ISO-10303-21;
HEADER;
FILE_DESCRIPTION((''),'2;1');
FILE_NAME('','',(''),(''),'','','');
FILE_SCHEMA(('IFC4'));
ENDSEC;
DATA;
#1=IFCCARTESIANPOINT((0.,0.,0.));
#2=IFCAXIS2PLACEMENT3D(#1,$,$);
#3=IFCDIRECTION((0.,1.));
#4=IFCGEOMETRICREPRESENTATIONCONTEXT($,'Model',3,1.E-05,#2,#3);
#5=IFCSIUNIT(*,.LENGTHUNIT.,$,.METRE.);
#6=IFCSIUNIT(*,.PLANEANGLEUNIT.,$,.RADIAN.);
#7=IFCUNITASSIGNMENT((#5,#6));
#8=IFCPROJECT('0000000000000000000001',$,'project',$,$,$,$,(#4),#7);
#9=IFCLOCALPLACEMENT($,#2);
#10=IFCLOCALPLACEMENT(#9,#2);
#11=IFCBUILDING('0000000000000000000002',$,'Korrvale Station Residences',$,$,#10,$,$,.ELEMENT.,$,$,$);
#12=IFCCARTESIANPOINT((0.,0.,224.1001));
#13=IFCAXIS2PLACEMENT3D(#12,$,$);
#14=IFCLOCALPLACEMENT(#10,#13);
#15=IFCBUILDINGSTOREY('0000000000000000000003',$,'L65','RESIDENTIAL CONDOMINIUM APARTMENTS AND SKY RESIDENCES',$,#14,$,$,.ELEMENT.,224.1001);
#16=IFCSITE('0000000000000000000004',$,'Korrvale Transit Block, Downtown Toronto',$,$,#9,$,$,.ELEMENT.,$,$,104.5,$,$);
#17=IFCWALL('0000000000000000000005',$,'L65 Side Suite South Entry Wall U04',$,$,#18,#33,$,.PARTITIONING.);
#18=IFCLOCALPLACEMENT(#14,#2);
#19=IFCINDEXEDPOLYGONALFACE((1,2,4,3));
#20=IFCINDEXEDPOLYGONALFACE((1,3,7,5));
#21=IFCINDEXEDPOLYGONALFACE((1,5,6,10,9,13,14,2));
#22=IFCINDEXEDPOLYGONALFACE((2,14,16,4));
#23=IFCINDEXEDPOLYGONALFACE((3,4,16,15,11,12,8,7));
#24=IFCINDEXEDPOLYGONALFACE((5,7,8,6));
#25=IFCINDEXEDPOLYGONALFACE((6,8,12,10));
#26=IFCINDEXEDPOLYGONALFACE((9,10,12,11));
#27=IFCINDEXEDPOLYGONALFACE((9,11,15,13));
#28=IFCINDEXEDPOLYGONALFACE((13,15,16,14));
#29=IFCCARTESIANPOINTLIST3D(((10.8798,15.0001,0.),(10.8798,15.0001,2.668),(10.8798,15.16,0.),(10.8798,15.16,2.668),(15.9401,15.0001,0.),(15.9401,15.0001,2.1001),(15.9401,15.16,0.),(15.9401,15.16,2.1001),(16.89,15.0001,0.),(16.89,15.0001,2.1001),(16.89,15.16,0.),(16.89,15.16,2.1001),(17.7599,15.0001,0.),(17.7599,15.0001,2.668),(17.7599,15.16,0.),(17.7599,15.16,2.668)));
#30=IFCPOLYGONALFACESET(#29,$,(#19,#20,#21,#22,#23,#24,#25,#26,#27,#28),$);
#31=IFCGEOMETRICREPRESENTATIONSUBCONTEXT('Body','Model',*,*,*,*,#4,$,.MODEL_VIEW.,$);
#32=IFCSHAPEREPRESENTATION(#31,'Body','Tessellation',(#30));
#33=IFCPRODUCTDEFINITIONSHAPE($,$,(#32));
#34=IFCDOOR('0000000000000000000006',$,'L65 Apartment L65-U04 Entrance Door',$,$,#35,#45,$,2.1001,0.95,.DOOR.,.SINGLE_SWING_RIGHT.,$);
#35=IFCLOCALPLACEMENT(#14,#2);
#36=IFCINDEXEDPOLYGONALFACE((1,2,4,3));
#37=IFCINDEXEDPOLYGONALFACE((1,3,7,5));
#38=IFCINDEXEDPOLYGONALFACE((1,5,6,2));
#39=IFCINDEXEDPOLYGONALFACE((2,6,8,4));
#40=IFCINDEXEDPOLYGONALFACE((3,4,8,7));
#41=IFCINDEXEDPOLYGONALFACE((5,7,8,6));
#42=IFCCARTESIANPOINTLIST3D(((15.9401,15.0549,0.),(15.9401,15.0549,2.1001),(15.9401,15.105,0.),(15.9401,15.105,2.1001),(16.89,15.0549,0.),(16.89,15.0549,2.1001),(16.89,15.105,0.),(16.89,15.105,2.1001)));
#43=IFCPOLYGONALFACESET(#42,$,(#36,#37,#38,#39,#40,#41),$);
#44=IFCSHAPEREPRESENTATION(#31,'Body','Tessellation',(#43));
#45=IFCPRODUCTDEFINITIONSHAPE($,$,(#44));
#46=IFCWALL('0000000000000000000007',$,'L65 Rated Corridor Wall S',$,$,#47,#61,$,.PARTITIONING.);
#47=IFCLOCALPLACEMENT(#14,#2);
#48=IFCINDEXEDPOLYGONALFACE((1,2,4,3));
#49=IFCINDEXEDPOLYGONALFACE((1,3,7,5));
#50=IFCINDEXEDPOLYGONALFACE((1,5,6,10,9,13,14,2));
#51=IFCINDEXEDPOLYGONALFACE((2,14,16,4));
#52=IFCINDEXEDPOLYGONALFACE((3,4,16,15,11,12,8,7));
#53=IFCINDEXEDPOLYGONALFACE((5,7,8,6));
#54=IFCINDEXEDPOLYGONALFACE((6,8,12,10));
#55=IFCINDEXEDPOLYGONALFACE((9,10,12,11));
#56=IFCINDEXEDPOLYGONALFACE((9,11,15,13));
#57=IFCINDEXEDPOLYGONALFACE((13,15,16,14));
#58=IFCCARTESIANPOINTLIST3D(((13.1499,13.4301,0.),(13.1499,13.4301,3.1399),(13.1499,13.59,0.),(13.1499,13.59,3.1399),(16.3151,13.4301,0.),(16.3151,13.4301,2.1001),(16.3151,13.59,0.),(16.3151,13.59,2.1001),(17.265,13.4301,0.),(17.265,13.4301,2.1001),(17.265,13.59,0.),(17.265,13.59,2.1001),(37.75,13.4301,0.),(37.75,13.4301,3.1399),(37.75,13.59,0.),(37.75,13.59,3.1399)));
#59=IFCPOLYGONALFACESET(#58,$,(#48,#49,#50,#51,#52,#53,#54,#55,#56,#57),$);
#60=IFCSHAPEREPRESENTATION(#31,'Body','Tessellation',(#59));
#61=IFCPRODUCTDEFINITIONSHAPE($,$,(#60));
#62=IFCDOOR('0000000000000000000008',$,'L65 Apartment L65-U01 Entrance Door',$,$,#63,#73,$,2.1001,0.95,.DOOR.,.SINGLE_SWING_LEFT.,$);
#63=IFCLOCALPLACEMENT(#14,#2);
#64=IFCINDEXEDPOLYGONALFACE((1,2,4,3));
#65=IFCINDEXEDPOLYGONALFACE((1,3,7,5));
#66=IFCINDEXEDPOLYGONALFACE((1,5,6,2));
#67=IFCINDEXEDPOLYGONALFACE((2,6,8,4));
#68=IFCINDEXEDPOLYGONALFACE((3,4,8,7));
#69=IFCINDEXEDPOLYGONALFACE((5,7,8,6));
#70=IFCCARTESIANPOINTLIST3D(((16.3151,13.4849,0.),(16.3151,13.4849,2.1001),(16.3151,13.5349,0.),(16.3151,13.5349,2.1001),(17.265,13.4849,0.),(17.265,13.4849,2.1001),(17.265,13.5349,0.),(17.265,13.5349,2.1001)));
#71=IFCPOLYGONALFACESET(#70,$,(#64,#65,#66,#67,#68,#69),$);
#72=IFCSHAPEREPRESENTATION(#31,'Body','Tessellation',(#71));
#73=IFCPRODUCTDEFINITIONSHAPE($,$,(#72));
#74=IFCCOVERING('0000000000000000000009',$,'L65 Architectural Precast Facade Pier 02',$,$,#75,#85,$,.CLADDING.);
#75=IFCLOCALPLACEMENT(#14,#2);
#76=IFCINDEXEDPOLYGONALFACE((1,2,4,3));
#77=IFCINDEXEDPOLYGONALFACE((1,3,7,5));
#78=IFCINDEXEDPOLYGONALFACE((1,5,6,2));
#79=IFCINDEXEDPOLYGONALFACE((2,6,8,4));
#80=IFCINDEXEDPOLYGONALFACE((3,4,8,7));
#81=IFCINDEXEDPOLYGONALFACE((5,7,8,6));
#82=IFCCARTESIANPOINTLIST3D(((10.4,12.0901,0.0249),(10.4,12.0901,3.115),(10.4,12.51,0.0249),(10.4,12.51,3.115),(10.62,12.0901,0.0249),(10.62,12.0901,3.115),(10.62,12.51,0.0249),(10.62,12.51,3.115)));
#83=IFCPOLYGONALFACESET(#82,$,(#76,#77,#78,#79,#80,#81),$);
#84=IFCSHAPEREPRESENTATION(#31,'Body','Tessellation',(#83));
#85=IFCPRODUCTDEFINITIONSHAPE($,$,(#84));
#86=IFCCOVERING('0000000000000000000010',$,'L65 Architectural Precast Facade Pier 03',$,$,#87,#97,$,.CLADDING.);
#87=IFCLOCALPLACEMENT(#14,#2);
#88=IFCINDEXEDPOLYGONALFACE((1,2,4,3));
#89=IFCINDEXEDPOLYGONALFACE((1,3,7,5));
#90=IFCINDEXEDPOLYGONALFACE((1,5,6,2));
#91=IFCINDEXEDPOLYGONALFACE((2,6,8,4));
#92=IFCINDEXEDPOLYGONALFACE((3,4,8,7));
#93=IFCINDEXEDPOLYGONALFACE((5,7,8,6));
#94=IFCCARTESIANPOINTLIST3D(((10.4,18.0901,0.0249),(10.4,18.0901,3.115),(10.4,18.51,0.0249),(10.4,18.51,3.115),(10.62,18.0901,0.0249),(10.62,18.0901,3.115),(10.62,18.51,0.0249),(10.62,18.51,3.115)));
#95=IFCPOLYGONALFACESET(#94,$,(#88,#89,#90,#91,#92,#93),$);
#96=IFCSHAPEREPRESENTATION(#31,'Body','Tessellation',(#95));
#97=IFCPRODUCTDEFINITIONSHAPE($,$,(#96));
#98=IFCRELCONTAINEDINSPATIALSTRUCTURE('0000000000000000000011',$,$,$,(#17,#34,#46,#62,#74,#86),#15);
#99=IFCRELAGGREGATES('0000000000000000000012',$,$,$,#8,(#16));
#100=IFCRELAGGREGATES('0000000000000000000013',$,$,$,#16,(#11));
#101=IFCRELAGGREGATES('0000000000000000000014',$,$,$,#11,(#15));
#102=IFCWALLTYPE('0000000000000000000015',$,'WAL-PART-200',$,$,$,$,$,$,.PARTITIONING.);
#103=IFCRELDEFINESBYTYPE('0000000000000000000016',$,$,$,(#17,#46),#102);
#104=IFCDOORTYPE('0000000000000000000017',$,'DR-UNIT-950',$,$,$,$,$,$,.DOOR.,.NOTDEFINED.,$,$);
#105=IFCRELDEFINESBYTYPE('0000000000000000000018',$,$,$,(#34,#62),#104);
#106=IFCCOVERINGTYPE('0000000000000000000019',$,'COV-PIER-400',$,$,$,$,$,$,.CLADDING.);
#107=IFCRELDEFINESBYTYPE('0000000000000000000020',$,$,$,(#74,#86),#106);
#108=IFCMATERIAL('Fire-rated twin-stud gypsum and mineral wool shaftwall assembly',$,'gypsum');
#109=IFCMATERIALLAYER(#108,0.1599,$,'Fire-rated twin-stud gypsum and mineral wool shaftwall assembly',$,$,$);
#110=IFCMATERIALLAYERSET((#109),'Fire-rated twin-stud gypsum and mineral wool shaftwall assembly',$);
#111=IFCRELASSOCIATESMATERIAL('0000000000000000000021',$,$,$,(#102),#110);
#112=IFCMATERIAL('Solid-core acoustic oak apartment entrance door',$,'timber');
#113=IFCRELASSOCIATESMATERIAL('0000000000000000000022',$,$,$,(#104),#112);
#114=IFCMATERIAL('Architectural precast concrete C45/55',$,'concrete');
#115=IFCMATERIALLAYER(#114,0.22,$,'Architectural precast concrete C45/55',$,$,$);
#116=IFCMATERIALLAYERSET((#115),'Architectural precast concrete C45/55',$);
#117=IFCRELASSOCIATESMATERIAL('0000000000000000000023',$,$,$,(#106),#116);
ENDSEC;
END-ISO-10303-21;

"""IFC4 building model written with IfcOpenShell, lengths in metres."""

from ifc_helpers import new_model, si_unit, direction, frame, frame_2d, origin, origin_2d, place, context, subcontext, project, spatial, rectangle, extrude, material, layer, layer_set, type_object, element, fill, save


model = new_model("IFC4")

# Units and contexts
model_context = context("Model", 3, precision=1e-05, world=origin(), true_north=direction((0.0, 1.0)))
body_context = subcontext(model_context, "Body", "Model", "MODEL_VIEW")
ifc_project = project(units=[si_unit("LENGTHUNIT", "METRE"), si_unit("PLANEANGLEUNIT", "RADIAN")], contexts=[model_context])

# Site, building, storey
site_placement = place(None, origin())
site = spatial("IfcSite", under=ifc_project, at=site_placement, Name="Korrvale Transit Block, Downtown Toronto", CompositionType="ELEMENT", RefElevation=104.5)
building_placement = place(site_placement, origin())
building = spatial("IfcBuilding", under=site, at=building_placement, Name="Korrvale Station Residences", CompositionType="ELEMENT")
storey_placement = place(building_placement, frame((0.0, 0.0, 224.1001)))
storey = spatial("IfcBuildingStorey", under=building, at=storey_placement, Name="L65", Description="RESIDENTIAL CONDOMINIUM APARTMENTS AND SKY RESIDENCES", CompositionType="ELEMENT", Elevation=224.1001)

# Shared definitions
ifc_material_1 = material(Name="Fire-rated twin-stud gypsum and mineral wool shaftwall assembly", Category="gypsum")
ifc_layer_1 = layer(ifc_material_1, 0.1599, Name="Fire-rated twin-stud gypsum and mineral wool shaftwall assembly")
ifc_layer_set_1 = layer_set([ifc_layer_1], Name="Fire-rated twin-stud gypsum and mineral wool shaftwall assembly")
wall_type_1 = type_object("IfcWallType", Name="WAL-PART-200", PredefinedType="PARTITIONING", material=ifc_layer_set_1)

# Walls, openings, doors
wall_1_placement = place(storey_placement, frame((10.8799, 15.0801, 0.0), z_axis=(0.0, 0.0, 1.0), x_axis=(1.0, 0.0, 0.0)))
wall_1 = element("IfcWall", 1, at=wall_1_placement, inside=storey, type_object=wall_type_1, Name="L65 Side Suite South Entry Wall U04", PredefinedType="PARTITIONING", context=body_context, shape_type="SweptSolid", body=[
    extrude(rectangle(XDim=6.8801, YDim=0.1599, at=frame_2d((3.4399, 0.0))), origin(), (0.0, 0.0, 1.0), 2.668),
])
opening_1_placement = place(wall_1_placement, frame((5.0601, 0.0, 0.0)))
opening_1 = element("IfcOpeningElement", 2, at=opening_1_placement, cuts=wall_1, PredefinedType="OPENING", context=body_context, shape_type="SweptSolid", body=[
    extrude(rectangle(XDim=0.95, YDim=2.1001, at=frame_2d((0.4751, 1.05))), frame((0.0, 0.0898, 0.0), z_axis=(0.0, -1.0, 0.0), x_axis=(1.0, 0.0, 0.0)), (0.0, 0.0, 1.0), 0.1799),
])
ifc_material_2 = material(Name="Solid-core acoustic oak apartment entrance door", Category="timber")
door_type_1 = type_object("IfcDoorType", Name="DR-UNIT-950", OperationType="NOTDEFINED", PredefinedType="DOOR", material=ifc_material_2)
door_1_placement = place(opening_1_placement, origin())
door_1 = element("IfcDoor", 3, at=door_1_placement, inside=storey, type_object=door_type_1, Name="L65 Apartment L65-U04 Entrance Door", OperationType="SINGLE_SWING_RIGHT", OverallHeight=2.1001, OverallWidth=0.95, PredefinedType="DOOR", context=body_context, shape_type="SweptSolid", body=[
    extrude(rectangle(XDim=0.95, YDim=2.1001, at=frame_2d((0.4751, 1.05))), frame((0.0, 0.0249, 0.0), z_axis=(0.0, -1.0, 0.0), x_axis=(1.0, 0.0, 0.0)), (0.0, 0.0, 1.0), 0.05),
])
fill(opening_1, door_1)
wall_2_placement = place(storey_placement, frame((13.1499, 13.51, 0.0), z_axis=(0.0, 0.0, 1.0), x_axis=(1.0, 0.0, 0.0)))
wall_2 = element("IfcWall", 4, at=wall_2_placement, inside=storey, type_object=wall_type_1, Name="L65 Rated Corridor Wall S", PredefinedType="PARTITIONING", context=body_context, shape_type="SweptSolid", body=[
    extrude(rectangle(XDim=24.6001, YDim=0.1599, at=frame_2d((12.3, 0.0))), origin(), (0.0, 0.0, 1.0), 3.1399),
])
opening_2_placement = place(wall_2_placement, frame((3.165, 0.0, 0.0)))
opening_2 = element("IfcOpeningElement", 5, at=opening_2_placement, cuts=wall_2, PredefinedType="OPENING", context=body_context, shape_type="SweptSolid", body=[
    extrude(rectangle(XDim=0.95, YDim=2.1001, at=frame_2d((0.4751, 1.05))), frame((0.0, 0.0898, 0.0), z_axis=(0.0, -1.0, 0.0), x_axis=(1.0, 0.0, 0.0)), (0.0, 0.0, 1.0), 0.1799),
])
door_2_placement = place(opening_2_placement, origin())
door_2 = element("IfcDoor", 6, at=door_2_placement, inside=storey, type_object=door_type_1, Name="L65 Apartment L65-U01 Entrance Door", OperationType="SINGLE_SWING_LEFT", OverallHeight=2.1001, OverallWidth=0.95, PredefinedType="DOOR", context=body_context, shape_type="SweptSolid", body=[
    extrude(rectangle(XDim=0.95, YDim=2.1001, at=frame_2d((0.4751, 1.05))), frame((0.0, 0.0249, 0.0), z_axis=(0.0, -1.0, 0.0), x_axis=(1.0, 0.0, 0.0)), (0.0, 0.0, 1.0), 0.05),
])
fill(opening_2, door_2)

# Coverings
ifc_material_3 = material(Name="Architectural precast concrete C45/55", Category="concrete")
ifc_layer_2 = layer(ifc_material_3, 0.22, Name="Architectural precast concrete C45/55")
ifc_layer_set_2 = layer_set([ifc_layer_2], Name="Architectural precast concrete C45/55")
covering_type = type_object("IfcCoveringType", Name="COV-PIER-400", PredefinedType="CLADDING", material=ifc_layer_set_2)
for number, where, z_axis, x_axis, name in (
    (7, (10.51, 12.3, 0.0249), (0.0, 0.0, 1.0), (0.0, 1.0, 0.0), "L65 Architectural Precast Facade Pier 02"),
    (8, (10.51, 18.3, 0.0249), (0.0, 0.0, 1.0), (0.0, 1.0, 0.0), "L65 Architectural Precast Facade Pier 03"),
):
    element("IfcCovering", number, at=place(storey_placement, frame(where, z_axis=z_axis, x_axis=x_axis)), inside=storey, type_object=covering_type, Name=name, PredefinedType="CLADDING", context=body_context, shape_type="SweptSolid", body=[
        extrude(rectangle(XDim=0.4199, YDim=0.22, at=origin_2d()), origin(), (0.0, 0.0, 1.0), 3.0901),
    ])

save(model, "model.ifc")
